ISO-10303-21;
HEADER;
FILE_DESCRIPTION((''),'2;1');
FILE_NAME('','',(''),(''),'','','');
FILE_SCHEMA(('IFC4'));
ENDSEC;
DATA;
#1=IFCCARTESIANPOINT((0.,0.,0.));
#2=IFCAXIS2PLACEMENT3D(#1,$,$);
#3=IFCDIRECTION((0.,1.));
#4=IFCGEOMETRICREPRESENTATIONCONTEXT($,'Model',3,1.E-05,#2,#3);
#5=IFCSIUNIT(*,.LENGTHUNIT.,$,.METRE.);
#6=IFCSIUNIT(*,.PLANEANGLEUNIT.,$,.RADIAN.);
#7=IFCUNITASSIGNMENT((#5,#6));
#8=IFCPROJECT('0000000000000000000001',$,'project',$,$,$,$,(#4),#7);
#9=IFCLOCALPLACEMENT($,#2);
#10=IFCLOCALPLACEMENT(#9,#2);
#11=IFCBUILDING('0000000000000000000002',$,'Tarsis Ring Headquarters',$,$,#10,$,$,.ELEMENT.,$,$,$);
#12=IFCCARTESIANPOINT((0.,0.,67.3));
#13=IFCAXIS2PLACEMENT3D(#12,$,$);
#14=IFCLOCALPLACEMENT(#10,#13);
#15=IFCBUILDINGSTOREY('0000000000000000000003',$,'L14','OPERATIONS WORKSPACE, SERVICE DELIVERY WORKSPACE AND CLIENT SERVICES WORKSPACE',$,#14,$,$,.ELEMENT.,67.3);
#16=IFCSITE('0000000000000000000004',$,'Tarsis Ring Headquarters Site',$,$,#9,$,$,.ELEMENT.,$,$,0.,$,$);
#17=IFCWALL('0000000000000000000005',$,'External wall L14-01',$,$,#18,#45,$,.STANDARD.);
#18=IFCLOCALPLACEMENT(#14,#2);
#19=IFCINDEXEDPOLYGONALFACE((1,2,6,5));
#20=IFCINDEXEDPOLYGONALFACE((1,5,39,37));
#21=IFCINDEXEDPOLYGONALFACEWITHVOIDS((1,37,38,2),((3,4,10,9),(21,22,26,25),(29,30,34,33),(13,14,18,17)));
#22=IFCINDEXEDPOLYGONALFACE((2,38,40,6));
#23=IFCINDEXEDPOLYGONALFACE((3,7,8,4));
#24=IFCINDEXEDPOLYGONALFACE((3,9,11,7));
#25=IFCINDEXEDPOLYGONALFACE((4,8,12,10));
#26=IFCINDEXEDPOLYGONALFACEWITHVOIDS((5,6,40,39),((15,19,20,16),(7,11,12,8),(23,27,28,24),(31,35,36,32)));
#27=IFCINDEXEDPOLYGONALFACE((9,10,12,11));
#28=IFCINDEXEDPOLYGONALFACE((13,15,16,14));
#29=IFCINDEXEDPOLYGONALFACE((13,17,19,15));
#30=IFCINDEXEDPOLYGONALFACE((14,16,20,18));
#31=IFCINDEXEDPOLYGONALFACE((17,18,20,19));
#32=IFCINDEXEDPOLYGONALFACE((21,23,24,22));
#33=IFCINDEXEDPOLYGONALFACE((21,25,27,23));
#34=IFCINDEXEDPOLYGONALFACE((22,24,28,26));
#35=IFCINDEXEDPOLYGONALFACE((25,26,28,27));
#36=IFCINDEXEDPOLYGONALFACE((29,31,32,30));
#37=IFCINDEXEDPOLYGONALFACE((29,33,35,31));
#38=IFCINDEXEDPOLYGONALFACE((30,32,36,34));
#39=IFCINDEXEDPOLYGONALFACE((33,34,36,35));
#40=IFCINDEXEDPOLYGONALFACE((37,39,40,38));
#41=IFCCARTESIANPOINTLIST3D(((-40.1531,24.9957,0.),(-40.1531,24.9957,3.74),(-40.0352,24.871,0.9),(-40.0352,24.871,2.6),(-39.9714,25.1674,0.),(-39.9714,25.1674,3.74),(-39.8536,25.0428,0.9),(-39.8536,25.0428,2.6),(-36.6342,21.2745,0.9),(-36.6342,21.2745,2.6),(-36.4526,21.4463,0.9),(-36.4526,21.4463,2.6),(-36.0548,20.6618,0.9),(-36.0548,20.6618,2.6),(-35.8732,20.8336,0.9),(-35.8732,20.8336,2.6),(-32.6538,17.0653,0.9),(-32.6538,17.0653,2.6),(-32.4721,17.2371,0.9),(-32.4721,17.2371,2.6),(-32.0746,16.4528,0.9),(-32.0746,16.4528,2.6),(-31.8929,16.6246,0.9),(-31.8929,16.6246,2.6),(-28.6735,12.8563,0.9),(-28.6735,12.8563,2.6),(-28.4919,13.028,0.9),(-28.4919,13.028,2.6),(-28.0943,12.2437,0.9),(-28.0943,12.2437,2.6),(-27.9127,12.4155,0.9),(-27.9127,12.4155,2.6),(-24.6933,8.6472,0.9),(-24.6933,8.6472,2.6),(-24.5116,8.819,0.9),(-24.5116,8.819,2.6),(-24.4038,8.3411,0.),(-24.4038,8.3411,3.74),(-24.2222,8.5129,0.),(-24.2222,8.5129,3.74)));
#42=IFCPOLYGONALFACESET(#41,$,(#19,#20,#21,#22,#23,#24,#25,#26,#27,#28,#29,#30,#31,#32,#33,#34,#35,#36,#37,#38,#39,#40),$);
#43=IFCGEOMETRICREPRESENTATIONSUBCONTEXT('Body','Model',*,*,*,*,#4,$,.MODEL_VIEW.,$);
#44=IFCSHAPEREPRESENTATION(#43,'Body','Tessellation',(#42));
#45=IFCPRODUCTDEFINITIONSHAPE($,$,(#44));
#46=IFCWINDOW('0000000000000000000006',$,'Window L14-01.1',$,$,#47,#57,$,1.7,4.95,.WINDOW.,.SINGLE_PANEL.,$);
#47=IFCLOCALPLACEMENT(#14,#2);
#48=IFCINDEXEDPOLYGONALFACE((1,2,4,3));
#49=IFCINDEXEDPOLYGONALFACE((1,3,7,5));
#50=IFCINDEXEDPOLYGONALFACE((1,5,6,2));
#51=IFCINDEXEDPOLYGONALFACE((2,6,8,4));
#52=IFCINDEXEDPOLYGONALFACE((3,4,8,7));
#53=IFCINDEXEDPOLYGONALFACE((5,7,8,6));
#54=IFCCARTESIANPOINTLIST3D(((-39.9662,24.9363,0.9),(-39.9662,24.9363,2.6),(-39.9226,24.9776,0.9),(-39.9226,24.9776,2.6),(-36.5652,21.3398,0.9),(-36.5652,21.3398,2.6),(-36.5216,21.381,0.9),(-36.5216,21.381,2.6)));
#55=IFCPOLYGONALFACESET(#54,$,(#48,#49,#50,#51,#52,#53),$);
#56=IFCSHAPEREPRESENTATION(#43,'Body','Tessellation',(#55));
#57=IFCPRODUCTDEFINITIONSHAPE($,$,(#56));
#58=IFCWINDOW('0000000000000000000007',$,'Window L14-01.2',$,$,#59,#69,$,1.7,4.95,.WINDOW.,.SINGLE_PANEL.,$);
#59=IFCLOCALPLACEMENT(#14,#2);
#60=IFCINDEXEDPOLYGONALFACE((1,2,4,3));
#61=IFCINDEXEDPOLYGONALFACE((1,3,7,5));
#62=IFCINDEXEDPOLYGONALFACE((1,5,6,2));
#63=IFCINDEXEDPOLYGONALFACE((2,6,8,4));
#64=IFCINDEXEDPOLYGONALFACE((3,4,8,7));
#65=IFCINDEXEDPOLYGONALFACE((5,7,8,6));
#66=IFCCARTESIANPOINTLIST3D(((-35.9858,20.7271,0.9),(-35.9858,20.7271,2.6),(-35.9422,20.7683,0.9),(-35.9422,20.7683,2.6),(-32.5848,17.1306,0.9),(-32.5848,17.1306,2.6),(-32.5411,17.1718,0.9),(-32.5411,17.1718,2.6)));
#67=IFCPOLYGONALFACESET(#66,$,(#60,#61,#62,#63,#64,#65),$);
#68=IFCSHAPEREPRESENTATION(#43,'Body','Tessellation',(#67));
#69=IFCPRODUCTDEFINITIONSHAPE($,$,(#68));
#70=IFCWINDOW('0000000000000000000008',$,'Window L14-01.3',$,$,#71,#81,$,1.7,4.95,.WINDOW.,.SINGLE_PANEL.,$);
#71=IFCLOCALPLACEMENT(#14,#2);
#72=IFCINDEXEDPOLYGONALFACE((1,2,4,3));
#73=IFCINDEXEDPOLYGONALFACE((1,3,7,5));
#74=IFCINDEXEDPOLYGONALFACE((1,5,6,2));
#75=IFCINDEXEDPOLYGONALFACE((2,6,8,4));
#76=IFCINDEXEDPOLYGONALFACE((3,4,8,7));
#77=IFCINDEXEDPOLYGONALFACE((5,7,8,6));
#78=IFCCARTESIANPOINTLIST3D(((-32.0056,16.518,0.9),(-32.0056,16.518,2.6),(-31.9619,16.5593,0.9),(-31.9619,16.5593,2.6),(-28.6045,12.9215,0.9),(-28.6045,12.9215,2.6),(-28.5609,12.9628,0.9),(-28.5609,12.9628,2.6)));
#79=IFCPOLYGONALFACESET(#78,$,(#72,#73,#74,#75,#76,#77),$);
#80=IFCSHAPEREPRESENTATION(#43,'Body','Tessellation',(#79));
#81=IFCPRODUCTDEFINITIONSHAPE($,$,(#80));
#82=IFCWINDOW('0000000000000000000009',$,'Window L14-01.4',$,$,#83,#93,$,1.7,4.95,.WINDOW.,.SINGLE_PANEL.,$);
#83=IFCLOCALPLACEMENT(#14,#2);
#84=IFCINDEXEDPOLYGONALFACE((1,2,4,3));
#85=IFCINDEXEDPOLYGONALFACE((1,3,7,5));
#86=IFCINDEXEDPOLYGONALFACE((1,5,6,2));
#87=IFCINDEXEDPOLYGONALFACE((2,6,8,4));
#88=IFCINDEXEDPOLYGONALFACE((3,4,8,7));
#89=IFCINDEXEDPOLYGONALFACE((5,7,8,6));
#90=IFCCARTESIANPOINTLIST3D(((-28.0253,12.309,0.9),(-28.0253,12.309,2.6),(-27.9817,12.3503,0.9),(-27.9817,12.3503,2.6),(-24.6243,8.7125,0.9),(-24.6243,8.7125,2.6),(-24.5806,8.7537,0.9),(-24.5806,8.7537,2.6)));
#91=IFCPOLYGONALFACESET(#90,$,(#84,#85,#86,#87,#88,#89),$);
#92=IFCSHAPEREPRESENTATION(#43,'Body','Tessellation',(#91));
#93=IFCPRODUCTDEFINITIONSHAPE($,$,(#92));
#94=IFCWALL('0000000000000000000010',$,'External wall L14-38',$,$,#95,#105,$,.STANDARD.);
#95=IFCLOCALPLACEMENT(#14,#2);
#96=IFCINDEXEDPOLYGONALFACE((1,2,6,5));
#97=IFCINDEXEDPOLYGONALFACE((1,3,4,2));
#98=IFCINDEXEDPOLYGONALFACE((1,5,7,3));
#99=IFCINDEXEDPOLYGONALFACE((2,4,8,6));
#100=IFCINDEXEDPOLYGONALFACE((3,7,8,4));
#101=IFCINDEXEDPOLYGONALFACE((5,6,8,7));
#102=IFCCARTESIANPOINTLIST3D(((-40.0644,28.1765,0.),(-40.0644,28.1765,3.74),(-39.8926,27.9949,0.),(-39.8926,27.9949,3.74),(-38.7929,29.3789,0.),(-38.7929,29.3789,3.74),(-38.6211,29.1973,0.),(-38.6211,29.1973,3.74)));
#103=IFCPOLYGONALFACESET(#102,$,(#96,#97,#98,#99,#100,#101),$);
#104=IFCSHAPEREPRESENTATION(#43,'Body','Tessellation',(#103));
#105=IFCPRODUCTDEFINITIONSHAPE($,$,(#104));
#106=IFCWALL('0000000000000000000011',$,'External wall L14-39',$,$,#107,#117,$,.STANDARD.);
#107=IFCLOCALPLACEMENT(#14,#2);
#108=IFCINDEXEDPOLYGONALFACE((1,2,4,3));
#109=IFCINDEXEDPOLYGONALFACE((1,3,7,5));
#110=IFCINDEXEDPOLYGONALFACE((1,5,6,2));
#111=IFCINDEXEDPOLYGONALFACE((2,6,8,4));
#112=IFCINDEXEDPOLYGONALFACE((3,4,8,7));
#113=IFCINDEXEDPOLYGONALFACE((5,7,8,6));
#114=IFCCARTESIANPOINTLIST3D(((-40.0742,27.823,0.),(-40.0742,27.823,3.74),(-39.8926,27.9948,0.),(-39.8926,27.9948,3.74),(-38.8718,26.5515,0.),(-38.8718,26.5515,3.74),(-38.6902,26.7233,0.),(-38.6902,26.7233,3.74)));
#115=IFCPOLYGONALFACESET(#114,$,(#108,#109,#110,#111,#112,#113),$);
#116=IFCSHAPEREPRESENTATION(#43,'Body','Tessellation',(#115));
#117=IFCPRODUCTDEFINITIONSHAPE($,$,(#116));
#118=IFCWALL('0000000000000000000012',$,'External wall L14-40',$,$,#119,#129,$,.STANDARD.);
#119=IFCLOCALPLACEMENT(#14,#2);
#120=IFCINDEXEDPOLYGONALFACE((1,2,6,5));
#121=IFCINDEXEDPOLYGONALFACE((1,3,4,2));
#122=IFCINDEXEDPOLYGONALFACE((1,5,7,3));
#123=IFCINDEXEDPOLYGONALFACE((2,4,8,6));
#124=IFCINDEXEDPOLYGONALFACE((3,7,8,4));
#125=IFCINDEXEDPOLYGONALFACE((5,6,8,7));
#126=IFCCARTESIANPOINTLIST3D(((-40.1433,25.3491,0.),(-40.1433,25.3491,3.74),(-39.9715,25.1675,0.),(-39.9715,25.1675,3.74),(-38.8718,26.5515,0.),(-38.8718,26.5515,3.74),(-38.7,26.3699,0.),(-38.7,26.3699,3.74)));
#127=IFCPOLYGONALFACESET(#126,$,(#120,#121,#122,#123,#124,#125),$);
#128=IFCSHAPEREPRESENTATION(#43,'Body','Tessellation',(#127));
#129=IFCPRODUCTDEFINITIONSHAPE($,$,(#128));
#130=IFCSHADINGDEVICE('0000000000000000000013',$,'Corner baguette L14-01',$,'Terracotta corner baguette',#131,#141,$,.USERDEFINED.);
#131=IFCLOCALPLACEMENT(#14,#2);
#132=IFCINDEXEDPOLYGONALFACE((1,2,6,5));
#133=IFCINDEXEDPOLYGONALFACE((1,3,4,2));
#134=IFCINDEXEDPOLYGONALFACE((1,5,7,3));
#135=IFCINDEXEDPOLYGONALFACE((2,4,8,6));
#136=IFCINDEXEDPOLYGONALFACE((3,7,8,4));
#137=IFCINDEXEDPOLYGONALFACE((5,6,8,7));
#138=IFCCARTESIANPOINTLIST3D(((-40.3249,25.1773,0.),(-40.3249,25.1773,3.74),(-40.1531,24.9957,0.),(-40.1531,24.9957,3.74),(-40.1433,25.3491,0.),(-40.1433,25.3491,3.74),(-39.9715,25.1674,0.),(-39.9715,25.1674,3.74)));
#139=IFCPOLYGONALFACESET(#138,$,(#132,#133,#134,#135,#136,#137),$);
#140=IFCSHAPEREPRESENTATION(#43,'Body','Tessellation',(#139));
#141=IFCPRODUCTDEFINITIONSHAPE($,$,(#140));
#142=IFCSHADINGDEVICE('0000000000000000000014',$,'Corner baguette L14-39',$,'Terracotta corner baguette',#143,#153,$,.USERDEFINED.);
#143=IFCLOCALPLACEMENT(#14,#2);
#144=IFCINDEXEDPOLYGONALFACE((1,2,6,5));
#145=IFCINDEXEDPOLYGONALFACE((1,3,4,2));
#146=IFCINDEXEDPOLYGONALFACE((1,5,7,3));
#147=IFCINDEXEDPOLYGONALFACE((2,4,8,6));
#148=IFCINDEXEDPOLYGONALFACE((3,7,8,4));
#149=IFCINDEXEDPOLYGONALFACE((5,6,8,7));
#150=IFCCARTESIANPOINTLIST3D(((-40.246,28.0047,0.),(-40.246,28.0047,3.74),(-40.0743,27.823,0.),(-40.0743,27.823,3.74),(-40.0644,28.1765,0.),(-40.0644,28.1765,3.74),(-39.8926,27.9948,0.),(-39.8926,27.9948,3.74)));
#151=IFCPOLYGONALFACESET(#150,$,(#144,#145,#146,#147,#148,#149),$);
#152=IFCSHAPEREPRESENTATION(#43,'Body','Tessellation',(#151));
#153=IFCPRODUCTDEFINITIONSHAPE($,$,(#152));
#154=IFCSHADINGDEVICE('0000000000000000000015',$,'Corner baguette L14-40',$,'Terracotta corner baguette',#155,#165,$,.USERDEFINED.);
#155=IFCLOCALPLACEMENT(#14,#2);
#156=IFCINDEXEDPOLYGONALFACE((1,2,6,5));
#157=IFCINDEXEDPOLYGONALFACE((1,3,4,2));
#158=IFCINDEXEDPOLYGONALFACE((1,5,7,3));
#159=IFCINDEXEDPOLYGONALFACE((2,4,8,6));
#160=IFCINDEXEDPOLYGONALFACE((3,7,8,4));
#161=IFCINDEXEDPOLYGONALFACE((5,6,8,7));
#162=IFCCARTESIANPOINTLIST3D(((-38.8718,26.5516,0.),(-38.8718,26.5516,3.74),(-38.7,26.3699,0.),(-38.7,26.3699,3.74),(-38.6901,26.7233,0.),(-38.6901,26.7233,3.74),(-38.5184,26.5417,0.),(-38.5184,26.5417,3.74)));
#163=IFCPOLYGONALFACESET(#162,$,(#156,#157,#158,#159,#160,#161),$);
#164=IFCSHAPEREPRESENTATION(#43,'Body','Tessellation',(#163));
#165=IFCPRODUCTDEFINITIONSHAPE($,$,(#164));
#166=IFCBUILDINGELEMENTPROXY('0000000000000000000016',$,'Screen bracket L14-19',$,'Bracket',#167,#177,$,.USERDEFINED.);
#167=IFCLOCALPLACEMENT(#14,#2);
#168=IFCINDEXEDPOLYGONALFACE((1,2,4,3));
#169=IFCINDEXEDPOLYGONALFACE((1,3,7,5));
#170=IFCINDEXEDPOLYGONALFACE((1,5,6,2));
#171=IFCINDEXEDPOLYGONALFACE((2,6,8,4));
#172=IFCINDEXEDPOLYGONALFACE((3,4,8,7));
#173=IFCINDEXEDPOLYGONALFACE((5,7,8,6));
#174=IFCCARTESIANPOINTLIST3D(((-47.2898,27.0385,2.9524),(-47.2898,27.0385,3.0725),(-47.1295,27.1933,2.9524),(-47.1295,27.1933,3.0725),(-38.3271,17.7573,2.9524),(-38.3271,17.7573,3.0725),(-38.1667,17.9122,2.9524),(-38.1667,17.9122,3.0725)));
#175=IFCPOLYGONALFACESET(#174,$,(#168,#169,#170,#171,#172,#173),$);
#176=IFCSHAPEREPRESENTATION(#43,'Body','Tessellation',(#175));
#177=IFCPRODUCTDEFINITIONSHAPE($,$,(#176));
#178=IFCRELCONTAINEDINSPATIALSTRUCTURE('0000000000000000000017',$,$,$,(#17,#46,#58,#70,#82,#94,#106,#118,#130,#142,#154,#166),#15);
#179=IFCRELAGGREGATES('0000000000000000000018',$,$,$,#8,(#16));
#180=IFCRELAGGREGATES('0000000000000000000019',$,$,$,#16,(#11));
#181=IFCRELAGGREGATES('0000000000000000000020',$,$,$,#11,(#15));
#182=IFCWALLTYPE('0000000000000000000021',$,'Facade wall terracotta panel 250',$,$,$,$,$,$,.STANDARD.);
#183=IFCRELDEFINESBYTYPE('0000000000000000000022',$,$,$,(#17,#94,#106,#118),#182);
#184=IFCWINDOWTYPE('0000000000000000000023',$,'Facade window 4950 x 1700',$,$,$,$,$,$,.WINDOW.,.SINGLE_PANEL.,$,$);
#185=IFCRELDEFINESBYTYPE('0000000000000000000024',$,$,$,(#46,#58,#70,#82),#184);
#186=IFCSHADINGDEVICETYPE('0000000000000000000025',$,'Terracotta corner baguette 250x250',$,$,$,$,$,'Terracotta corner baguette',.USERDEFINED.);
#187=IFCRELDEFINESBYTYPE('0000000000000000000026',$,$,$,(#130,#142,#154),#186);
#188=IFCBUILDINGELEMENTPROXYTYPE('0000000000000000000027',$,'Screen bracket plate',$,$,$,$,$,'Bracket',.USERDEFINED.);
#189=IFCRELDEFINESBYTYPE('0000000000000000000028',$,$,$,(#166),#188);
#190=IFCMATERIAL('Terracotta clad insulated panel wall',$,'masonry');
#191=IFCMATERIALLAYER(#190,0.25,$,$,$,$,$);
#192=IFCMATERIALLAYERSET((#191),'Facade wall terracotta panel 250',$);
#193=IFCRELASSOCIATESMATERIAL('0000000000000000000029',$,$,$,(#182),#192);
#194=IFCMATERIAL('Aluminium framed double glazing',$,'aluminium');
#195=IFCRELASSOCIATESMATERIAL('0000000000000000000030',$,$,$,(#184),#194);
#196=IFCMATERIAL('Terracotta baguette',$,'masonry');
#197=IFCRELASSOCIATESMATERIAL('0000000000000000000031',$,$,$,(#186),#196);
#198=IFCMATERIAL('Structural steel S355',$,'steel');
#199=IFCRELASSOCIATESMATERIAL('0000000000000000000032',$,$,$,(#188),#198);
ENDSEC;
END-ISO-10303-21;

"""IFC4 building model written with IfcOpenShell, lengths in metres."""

from ifc_helpers import new_model, si_unit, direction, frame, frame_2d, origin, origin_2d, place, context, subcontext, project, spatial, rectangle, extrude, material, layer, layer_set, type_object, element, fill, save


model = new_model("IFC4")

# Units and contexts
model_context = context("Model", 3, precision=1e-05, world=origin(), true_north=direction((0.0, 1.0)))
body_context = subcontext(model_context, "Body", "Model", "MODEL_VIEW")
ifc_project = project(units=[si_unit("LENGTHUNIT", "METRE"), si_unit("PLANEANGLEUNIT", "RADIAN")], contexts=[model_context])

# Site, building, storey
site_placement = place(None, origin())
site = spatial("IfcSite", under=ifc_project, at=site_placement, Name="Tarsis Ring Headquarters Site", CompositionType="ELEMENT", RefElevation=0.0)
building_placement = place(site_placement, origin())
building = spatial("IfcBuilding", under=site, at=building_placement, Name="Tarsis Ring Headquarters", CompositionType="ELEMENT")
storey_placement = place(building_placement, frame((0.0, 0.0, 67.3)))
storey = spatial("IfcBuildingStorey", under=building, at=storey_placement, Name="L14", Description="OPERATIONS WORKSPACE, SERVICE DELIVERY WORKSPACE AND CLIENT SERVICES WORKSPACE", CompositionType="ELEMENT", Elevation=67.3)

# Shared definitions
ifc_material_1 = material(Name="Structural steel S355", Category="steel")

# Wall, openings, windows
ifc_material_2 = material(Name="Terracotta clad insulated panel wall", Category="masonry")
ifc_layer_1 = layer(ifc_material_2, 0.25)
ifc_layer_set_1 = layer_set([ifc_layer_1], Name="Facade wall terracotta panel 250")
wall_type_1 = type_object("IfcWallType", Name="Facade wall terracotta panel 250", PredefinedType="STANDARD", material=ifc_layer_set_1)
wall_1_placement = place(storey_placement, frame((-40.0623, 25.0815, 0.0), z_axis=(0.0, 0.0, 1.0), x_axis=(0.687084, -0.726578, 0.0)))
wall_1 = element("IfcWall", 1, at=wall_1_placement, inside=storey, type_object=wall_type_1, Name="External wall L14-01", PredefinedType="STANDARD", context=body_context, shape_type="SweptSolid", body=[
    extrude(rectangle(XDim=22.9219, YDim=0.25, at=frame_2d((11.4609, 0.0))), origin(), (0.0, 0.0, 1.0), 3.74),
])
opening_1_placement = place(wall_1_placement, frame((0.1714, 0.0, 0.8999)))
opening_1 = element("IfcOpeningElement", 2, at=opening_1_placement, cuts=wall_1, PredefinedType="OPENING", context=body_context, shape_type="SweptSolid", body=[
    extrude(rectangle(XDim=4.95, YDim=1.7, at=frame_2d((2.4751, 0.8501))), frame((0.0, 0.135, 0.0), z_axis=(0.0, -1.0, 0.0), x_axis=(1.0, 0.0, 0.0)), (0.0, 0.0, 1.0), 0.27),
])
opening_2_placement = place(wall_1_placement, frame((5.9646, 0.0, 0.8999)))
opening_2 = element("IfcOpeningElement", 3, at=opening_2_placement, cuts=wall_1, PredefinedType="OPENING", context=body_context, shape_type="SweptSolid", body=[
    extrude(rectangle(XDim=4.95, YDim=1.7, at=frame_2d((2.4751, 0.8501))), frame((0.0, 0.135, 0.0), z_axis=(0.0, -1.0, 0.0), x_axis=(1.0, 0.0, 0.0)), (0.0, 0.0, 1.0), 0.27),
])
opening_3_placement = place(wall_1_placement, frame((11.7576, 0.0, 0.8999)))
opening_3 = element("IfcOpeningElement", 4, at=opening_3_placement, cuts=wall_1, PredefinedType="OPENING", context=body_context, shape_type="SweptSolid", body=[
    extrude(rectangle(XDim=4.95, YDim=1.7, at=frame_2d((2.4751, 0.8501))), frame((0.0, 0.135, 0.0), z_axis=(0.0, -1.0, 0.0), x_axis=(1.0, 0.0, 0.0)), (0.0, 0.0, 1.0), 0.27),
])
opening_4_placement = place(wall_1_placement, frame((17.5505, 0.0, 0.8999)))
opening_4 = element("IfcOpeningElement", 5, at=opening_4_placement, cuts=wall_1, PredefinedType="OPENING", context=body_context, shape_type="SweptSolid", body=[
    extrude(rectangle(XDim=4.95, YDim=1.7, at=frame_2d((2.4751, 0.8501))), frame((0.0, 0.135, 0.0), z_axis=(0.0, -1.0, 0.0), x_axis=(1.0, 0.0, 0.0)), (0.0, 0.0, 1.0), 0.27),
])
ifc_material_3 = material(Name="Aluminium framed double glazing", Category="aluminium")
window_type = type_object("IfcWindowType", Name="Facade window 4950 x 1700", PartitioningType="SINGLE_PANEL", PredefinedType="WINDOW", material=ifc_material_3)
window_1_placement = place(opening_1_placement, origin())
window_1 = element("IfcWindow", 6, at=window_1_placement, inside=storey, type_object=window_type, Name="Window L14-01.1", OverallHeight=1.7, OverallWidth=4.95, PartitioningType="SINGLE_PANEL", PredefinedType="WINDOW", context=body_context, shape_type="SweptSolid", body=[
    extrude(rectangle(XDim=4.95, YDim=1.7, at=frame_2d((2.4751, 0.8501))), frame((0.0, 0.03, 0.0), z_axis=(0.0, -1.0, 0.0), x_axis=(1.0, 0.0, 0.0)), (0.0, 0.0, 1.0), 0.0601),
])
fill(opening_1, window_1)
window_2_placement = place(opening_2_placement, origin())
window_2 = element("IfcWindow", 7, at=window_2_placement, inside=storey, type_object=window_type, Name="Window L14-01.2", OverallHeight=1.7, OverallWidth=4.95, PartitioningType="SINGLE_PANEL", PredefinedType="WINDOW", context=body_context, shape_type="SweptSolid", body=[
    extrude(rectangle(XDim=4.95, YDim=1.7, at=frame_2d((2.4751, 0.8501))), frame((0.0, 0.03, 0.0), z_axis=(0.0, -1.0, 0.0), x_axis=(1.0, 0.0, 0.0)), (0.0, 0.0, 1.0), 0.0601),
])
fill(opening_2, window_2)
window_3_placement = place(opening_3_placement, origin())
window_3 = element("IfcWindow", 8, at=window_3_placement, inside=storey, type_object=window_type, Name="Window L14-01.3", OverallHeight=1.7, OverallWidth=4.95, PartitioningType="SINGLE_PANEL", PredefinedType="WINDOW", context=body_context, shape_type="SweptSolid", body=[
    extrude(rectangle(XDim=4.95, YDim=1.7, at=frame_2d((2.4751, 0.8501))), frame((0.0, 0.03, 0.0), z_axis=(0.0, -1.0, 0.0), x_axis=(1.0, 0.0, 0.0)), (0.0, 0.0, 1.0), 0.0601),
])
fill(opening_3, window_3)
window_4_placement = place(opening_4_placement, origin())
window_4 = element("IfcWindow", 9, at=window_4_placement, inside=storey, type_object=window_type, Name="Window L14-01.4", OverallHeight=1.7, OverallWidth=4.95, PartitioningType="SINGLE_PANEL", PredefinedType="WINDOW", context=body_context, shape_type="SweptSolid", body=[
    extrude(rectangle(XDim=4.95, YDim=1.7, at=frame_2d((2.4751, 0.8501))), frame((0.0, 0.03, 0.0), z_axis=(0.0, -1.0, 0.0), x_axis=(1.0, 0.0, 0.0)), (0.0, 0.0, 1.0), 0.0601),
])
fill(opening_4, window_4)

# Walls
for number, where, z_axis, x_axis, name in (
    (10, (-38.707, 29.2881, 0.0), (0.0, 0.0, 1.0), (-0.726572, -0.68709, 0.0), "External wall L14-38"),
    (11, (-39.9834, 27.9089, 0.0), (0.0, 0.0, 1.0), (0.68709, -0.726572, 0.0), "External wall L14-39"),
    (12, (-38.7859, 26.4607, 0.0), (0.0, 0.0, 1.0), (-0.726572, -0.68709, 0.0), "External wall L14-40"),
):
    element("IfcWall", number, at=place(storey_placement, frame(where, z_axis=z_axis, x_axis=x_axis)), inside=storey, type_object=wall_type_1, Name=name, PredefinedType="STANDARD", context=body_context, shape_type="SweptSolid", body=[
        extrude(rectangle(XDim=1.75, YDim=0.25, at=frame_2d((0.875, 0.0))), origin(), (0.0, 0.0, 1.0), 3.74),
    ])

# Shading devices
ifc_material_4 = material(Name="Terracotta baguette", Category="masonry")
shading_device_type_1 = type_object("IfcShadingDeviceType", Name="Terracotta corner baguette 250x250", ElementType="Terracotta corner baguette", PredefinedType="USERDEFINED", material=ifc_material_4)
for number, where, z_axis, x_axis, name in (
    (13, (-40.1482, 25.1724, 0.0), (0.0, 0.0, 1.0), (-0.726575, -0.687087, 0.0), "Corner baguette L14-01"),
    (14, (-40.0693, 27.9998, 0.0), (0.0, 0.0, 1.0), (-0.726575, -0.687088, 0.0), "Corner baguette L14-39"),
    (15, (-38.6951, 26.5466, 0.0), (0.0, 0.0, 1.0), (0.687088, -0.726575, 0.0), "Corner baguette L14-40"),
):
    element("IfcShadingDevice", number, at=place(storey_placement, frame(where, z_axis=z_axis, x_axis=x_axis)), inside=storey, type_object=shading_device_type_1, Name=name, ObjectType="Terracotta corner baguette", PredefinedType="USERDEFINED", context=body_context, shape_type="SweptSolid", body=[
        extrude(rectangle(XDim=0.25, YDim=0.25, at=origin_2d()), origin(), (0.0, 0.0, 1.0), 3.74),
    ])

# Building element proxy
building_element_proxy_type = type_object("IfcBuildingElementProxyType", Name="Screen bracket plate", ElementType="Bracket", PredefinedType="USERDEFINED", material=ifc_material_1)
proxy_placement = place(storey_placement, frame((-42.7283, 22.4753, 2.9524), z_axis=(0.0, 0.0, 1.0), x_axis=(0.694658, -0.71934, 0.0)))
element("IfcBuildingElementProxy", 16, at=proxy_placement, inside=storey, type_object=building_element_proxy_type, Name="Screen bracket L14-19", ObjectType="Bracket", PredefinedType="USERDEFINED", context=body_context, shape_type="SweptSolid", body=[
    extrude(rectangle(XDim=12.9023, YDim=0.2229, at=origin_2d()), origin(), (0.0, 0.0, 1.0), 0.1201),
])

save(model, "model.ifc")
